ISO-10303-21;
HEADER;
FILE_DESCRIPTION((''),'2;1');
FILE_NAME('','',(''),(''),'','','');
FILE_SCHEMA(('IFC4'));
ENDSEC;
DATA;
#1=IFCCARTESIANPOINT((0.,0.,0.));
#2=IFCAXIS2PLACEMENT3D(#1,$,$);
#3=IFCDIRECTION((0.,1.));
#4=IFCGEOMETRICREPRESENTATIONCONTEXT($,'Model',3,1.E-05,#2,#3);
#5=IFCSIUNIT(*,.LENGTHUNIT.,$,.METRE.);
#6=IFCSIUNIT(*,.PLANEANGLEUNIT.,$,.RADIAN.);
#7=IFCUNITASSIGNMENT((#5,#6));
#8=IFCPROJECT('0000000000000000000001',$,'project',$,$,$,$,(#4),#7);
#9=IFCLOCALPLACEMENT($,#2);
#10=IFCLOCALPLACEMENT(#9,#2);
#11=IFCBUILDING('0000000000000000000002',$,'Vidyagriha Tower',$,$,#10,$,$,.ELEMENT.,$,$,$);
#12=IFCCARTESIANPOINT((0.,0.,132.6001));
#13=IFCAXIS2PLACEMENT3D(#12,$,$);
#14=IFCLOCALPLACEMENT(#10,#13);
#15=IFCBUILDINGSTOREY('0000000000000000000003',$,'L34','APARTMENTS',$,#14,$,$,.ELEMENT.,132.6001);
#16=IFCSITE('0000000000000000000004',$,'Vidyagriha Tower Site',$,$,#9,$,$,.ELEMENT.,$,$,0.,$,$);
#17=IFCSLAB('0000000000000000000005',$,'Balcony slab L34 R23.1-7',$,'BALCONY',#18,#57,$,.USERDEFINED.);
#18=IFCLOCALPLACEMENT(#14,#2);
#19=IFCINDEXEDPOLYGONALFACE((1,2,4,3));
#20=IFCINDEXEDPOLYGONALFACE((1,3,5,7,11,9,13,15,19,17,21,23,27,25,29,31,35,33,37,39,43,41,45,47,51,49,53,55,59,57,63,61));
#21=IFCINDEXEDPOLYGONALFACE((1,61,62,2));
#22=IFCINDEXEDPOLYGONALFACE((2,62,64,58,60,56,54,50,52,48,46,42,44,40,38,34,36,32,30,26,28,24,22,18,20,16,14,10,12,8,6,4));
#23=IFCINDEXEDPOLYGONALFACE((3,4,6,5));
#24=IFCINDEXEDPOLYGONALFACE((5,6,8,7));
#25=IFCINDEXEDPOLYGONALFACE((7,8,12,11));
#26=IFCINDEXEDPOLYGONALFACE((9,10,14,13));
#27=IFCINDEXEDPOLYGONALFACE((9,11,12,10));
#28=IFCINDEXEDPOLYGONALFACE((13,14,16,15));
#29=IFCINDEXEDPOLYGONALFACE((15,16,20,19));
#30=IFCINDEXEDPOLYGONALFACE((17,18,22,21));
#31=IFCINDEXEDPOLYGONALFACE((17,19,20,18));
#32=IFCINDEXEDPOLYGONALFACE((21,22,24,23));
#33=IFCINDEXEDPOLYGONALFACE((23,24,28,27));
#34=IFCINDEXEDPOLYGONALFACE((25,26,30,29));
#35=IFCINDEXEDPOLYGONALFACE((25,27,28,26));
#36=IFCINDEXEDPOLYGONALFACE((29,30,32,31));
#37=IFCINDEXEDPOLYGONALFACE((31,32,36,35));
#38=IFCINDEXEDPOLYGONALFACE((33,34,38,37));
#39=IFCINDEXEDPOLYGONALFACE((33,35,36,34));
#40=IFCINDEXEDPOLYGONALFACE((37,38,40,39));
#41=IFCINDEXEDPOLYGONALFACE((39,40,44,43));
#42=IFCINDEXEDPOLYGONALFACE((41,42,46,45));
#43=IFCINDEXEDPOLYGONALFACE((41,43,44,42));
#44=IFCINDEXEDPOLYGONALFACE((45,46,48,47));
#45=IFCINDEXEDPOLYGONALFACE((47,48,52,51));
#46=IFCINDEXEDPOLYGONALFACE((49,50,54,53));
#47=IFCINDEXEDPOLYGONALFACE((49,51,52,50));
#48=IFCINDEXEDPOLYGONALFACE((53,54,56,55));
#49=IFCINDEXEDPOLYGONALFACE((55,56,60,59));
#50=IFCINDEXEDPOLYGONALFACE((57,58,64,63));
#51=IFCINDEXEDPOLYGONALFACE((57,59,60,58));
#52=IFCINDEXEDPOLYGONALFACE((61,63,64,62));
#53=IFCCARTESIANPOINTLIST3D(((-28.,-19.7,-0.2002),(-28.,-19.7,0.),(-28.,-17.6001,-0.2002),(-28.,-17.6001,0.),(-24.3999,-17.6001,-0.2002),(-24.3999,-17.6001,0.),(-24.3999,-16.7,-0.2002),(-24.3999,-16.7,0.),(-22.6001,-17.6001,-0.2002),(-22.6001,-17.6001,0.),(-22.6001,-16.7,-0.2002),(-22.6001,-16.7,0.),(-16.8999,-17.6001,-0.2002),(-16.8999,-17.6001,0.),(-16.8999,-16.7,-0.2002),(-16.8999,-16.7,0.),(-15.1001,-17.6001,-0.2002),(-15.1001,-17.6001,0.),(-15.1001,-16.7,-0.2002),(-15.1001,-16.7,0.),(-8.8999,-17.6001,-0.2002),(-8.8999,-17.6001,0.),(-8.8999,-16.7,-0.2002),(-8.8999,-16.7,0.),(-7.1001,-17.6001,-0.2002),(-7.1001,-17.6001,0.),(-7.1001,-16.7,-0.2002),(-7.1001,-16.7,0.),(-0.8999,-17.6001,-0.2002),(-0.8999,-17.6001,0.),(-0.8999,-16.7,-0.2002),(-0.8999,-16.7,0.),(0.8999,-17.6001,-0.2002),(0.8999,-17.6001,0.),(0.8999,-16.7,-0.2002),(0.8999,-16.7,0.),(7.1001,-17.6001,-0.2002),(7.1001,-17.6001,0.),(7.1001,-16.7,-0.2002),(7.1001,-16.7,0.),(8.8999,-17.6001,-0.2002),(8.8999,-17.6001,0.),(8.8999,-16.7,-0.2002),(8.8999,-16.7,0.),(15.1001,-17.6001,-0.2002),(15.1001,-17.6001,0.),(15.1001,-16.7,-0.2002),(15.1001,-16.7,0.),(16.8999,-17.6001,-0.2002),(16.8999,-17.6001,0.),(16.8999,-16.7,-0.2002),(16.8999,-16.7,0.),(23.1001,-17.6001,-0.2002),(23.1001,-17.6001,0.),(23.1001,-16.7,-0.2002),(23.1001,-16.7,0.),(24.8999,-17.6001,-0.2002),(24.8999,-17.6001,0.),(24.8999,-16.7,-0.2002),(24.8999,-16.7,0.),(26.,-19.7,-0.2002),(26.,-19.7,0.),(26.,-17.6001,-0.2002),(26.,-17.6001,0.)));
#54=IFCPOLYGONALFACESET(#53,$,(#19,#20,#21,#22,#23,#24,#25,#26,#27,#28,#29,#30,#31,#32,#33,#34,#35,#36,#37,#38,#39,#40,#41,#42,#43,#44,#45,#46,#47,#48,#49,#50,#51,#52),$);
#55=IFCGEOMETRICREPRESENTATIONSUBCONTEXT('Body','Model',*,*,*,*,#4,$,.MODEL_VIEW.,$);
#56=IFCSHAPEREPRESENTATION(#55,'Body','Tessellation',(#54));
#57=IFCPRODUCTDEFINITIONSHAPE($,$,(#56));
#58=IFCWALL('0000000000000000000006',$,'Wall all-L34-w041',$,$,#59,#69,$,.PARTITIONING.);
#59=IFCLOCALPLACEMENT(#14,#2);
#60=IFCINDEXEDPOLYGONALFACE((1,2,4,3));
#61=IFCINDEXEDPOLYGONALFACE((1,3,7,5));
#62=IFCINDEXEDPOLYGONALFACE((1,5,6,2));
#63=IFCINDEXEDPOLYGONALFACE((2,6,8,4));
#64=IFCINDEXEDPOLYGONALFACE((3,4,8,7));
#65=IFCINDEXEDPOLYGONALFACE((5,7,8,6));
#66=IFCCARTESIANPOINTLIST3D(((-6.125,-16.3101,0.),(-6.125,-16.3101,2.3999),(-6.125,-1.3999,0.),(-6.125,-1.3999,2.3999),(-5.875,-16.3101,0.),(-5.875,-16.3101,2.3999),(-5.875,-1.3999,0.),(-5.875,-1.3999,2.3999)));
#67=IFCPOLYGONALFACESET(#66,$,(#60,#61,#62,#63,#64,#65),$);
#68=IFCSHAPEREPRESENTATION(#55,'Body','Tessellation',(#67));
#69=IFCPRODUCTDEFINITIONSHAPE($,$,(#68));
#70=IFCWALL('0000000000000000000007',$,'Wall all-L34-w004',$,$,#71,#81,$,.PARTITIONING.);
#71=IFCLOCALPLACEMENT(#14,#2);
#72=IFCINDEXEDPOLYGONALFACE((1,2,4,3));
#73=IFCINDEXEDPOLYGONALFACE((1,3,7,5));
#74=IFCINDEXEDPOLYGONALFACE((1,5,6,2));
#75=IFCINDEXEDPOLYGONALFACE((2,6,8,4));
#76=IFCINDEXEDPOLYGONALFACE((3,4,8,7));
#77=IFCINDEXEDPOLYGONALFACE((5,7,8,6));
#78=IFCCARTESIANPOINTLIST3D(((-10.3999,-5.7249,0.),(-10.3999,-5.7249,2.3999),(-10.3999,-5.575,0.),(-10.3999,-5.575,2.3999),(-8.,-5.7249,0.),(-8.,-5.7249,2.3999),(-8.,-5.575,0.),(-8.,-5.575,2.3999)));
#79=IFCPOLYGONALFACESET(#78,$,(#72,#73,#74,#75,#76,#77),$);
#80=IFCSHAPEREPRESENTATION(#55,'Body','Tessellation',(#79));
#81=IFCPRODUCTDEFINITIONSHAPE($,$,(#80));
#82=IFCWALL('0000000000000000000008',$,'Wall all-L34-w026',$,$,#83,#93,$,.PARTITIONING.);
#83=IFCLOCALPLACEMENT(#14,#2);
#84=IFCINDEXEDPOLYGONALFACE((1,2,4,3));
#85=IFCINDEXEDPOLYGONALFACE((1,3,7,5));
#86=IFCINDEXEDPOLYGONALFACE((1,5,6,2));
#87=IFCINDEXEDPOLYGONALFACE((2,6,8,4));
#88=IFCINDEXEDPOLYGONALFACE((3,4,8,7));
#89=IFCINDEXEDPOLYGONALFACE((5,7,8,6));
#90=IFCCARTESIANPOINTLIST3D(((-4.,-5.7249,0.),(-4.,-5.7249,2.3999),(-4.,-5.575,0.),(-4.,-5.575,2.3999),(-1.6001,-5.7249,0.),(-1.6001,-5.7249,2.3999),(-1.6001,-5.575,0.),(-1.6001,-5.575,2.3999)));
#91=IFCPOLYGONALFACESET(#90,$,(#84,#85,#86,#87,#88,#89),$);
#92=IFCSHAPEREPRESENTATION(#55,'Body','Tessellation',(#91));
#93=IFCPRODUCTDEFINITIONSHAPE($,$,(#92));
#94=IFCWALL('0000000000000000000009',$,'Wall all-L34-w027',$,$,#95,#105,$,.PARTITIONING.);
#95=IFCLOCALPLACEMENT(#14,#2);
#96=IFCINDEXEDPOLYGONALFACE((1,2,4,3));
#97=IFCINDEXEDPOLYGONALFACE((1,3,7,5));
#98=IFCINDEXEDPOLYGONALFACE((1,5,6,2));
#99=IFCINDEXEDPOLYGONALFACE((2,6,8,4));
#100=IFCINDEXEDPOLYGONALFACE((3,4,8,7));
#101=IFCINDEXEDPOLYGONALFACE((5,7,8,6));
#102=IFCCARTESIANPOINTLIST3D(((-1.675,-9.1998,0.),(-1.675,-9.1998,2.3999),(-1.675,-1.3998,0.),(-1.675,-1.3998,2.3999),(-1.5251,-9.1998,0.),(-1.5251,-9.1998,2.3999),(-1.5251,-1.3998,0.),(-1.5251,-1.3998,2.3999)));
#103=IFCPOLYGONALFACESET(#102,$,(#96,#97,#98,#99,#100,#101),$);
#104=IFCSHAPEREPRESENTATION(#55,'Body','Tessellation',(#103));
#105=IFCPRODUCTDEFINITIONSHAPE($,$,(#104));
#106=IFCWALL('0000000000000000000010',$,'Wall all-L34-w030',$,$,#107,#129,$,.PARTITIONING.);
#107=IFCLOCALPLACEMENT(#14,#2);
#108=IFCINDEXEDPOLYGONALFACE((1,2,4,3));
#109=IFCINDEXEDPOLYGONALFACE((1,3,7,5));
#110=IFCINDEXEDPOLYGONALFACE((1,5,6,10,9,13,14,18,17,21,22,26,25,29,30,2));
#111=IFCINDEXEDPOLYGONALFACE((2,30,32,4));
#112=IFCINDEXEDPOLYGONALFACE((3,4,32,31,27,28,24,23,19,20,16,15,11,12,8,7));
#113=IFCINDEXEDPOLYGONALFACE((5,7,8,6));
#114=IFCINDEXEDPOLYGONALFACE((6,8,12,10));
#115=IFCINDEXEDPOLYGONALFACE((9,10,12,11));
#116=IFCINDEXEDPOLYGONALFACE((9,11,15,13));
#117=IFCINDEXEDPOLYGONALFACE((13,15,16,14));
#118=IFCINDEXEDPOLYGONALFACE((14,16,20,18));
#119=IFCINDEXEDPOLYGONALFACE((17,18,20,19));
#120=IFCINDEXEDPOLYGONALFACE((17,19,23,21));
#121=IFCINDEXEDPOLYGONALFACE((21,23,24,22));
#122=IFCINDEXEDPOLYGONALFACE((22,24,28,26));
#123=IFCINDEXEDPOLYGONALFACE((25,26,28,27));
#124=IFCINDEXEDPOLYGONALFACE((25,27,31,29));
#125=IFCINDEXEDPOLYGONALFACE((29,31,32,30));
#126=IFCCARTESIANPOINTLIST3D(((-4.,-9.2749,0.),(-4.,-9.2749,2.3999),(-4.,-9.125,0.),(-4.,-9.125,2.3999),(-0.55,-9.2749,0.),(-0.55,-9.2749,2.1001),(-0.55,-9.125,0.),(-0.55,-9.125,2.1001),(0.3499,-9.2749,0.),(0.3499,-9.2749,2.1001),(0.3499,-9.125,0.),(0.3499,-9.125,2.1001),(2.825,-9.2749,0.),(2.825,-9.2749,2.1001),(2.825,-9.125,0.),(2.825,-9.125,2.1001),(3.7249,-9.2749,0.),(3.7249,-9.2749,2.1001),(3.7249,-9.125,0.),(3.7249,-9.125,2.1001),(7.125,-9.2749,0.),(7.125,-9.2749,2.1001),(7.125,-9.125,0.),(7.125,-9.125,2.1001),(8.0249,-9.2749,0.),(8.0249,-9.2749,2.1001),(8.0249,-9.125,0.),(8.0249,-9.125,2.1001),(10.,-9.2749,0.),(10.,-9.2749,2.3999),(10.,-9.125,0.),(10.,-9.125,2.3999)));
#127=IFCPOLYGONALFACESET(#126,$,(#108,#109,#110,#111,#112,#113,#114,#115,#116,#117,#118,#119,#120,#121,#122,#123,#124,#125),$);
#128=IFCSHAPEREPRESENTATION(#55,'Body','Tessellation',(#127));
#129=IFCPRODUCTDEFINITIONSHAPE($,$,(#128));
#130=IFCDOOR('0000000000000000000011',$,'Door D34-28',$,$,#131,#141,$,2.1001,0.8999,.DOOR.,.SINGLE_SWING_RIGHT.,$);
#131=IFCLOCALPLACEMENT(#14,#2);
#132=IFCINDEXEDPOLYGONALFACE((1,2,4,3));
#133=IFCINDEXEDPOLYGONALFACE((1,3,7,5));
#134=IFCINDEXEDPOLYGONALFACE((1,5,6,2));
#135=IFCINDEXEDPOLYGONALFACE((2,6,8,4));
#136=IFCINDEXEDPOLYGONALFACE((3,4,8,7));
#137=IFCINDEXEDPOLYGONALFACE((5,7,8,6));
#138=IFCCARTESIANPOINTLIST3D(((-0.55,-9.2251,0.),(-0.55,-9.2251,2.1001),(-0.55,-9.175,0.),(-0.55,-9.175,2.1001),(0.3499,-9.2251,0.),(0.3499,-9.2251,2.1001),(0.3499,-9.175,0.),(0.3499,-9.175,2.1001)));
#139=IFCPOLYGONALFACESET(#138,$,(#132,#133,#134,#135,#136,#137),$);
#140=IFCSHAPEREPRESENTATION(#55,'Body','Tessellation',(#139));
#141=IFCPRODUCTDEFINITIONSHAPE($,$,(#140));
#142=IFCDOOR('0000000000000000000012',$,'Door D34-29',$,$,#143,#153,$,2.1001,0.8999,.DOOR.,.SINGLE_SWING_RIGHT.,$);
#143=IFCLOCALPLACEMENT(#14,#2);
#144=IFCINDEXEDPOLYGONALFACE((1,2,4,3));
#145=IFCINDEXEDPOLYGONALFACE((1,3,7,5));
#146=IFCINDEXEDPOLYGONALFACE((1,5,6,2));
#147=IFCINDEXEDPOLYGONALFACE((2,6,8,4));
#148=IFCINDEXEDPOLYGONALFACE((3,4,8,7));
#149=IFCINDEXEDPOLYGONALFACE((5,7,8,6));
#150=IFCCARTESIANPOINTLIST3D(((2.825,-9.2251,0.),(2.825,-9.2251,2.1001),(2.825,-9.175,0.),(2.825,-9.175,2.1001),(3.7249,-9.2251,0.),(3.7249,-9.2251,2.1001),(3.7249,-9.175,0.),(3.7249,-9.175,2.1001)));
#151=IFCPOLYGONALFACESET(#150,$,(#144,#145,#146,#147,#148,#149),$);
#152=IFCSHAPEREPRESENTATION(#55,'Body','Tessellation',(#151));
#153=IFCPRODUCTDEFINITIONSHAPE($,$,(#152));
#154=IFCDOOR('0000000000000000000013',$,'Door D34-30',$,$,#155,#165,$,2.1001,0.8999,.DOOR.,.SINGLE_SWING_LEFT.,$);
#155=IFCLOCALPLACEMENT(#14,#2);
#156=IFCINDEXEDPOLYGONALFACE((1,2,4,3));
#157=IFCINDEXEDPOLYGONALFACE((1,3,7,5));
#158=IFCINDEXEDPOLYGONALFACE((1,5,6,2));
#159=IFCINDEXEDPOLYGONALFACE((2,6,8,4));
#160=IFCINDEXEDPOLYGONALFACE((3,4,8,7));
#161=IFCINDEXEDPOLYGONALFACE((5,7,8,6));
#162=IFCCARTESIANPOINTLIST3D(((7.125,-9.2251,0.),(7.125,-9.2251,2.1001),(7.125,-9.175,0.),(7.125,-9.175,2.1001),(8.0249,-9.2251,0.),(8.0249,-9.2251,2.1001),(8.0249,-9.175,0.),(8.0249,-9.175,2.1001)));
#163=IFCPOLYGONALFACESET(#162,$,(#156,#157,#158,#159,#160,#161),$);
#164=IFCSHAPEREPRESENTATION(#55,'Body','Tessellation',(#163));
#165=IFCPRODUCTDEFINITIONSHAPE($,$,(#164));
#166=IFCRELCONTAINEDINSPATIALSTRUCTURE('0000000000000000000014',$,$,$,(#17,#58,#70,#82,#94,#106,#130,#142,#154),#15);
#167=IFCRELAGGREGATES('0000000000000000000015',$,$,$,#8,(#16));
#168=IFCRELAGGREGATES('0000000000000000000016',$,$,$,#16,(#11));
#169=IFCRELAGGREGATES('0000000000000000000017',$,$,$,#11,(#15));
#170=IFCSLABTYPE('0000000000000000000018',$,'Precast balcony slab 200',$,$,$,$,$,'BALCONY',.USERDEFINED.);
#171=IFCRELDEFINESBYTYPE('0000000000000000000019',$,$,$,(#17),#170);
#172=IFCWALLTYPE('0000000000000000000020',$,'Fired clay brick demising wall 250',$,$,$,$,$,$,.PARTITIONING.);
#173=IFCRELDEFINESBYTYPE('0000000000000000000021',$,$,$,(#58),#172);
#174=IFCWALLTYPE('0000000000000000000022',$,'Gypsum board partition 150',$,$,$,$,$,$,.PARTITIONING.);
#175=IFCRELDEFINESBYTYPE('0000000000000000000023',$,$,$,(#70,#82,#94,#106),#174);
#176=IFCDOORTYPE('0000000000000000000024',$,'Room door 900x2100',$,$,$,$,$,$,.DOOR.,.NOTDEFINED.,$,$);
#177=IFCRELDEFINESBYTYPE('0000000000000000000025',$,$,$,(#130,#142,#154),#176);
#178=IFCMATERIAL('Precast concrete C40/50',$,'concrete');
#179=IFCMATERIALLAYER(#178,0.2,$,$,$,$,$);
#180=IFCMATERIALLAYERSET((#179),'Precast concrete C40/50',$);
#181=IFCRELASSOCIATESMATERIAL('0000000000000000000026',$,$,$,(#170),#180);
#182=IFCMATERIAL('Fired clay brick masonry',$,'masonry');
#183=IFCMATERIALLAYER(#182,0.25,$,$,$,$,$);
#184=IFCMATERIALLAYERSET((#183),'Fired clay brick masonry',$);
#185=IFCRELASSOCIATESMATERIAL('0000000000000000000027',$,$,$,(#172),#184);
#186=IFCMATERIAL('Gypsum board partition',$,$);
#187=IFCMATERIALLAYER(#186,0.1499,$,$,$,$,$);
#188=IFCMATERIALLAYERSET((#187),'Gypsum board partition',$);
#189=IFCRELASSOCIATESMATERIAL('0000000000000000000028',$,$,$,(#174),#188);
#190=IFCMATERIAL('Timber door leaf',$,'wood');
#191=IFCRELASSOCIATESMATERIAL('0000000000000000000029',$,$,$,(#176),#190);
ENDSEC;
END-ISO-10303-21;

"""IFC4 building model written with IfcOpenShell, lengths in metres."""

from ifc_helpers import new_model, si_unit, direction, frame, frame_2d, origin, place, context, subcontext, project, spatial, polyline, rectangle, outline, extrude, material, layer, layer_set, type_object, element, fill, save


model = new_model("IFC4")

# Units and contexts
model_context = context("Model", 3, precision=1e-05, world=origin(), true_north=direction((0.0, 1.0)))
body_context = subcontext(model_context, "Body", "Model", "MODEL_VIEW")
ifc_project = project(units=[si_unit("LENGTHUNIT", "METRE"), si_unit("PLANEANGLEUNIT", "RADIAN")], contexts=[model_context])

# Site, building, storey
site_placement = place(None, origin())
site = spatial("IfcSite", under=ifc_project, at=site_placement, Name="Vidyagriha Tower Site", CompositionType="ELEMENT", RefElevation=0.0)
building_placement = place(site_placement, origin())
building = spatial("IfcBuilding", under=site, at=building_placement, Name="Vidyagriha Tower", CompositionType="ELEMENT")
storey_placement = place(building_placement, frame((0.0, 0.0, 132.6001)))
storey = spatial("IfcBuildingStorey", under=building, at=storey_placement, Name="L34", Description="APARTMENTS", CompositionType="ELEMENT", Elevation=132.6001)

# Slab
ifc_material_1 = material(Name="Precast concrete C40/50", Category="concrete")
ifc_layer_1 = layer(ifc_material_1, 0.2)
ifc_layer_set_1 = layer_set([ifc_layer_1], Name="Precast concrete C40/50")
slab_type_1 = type_object("IfcSlabType", Name="Precast balcony slab 200", ElementType="BALCONY", PredefinedType="USERDEFINED", material=ifc_layer_set_1)
slab_1_placement = place(storey_placement, frame((0.0, 0.0, -0.2002)))
element("IfcSlab", 1, at=slab_1_placement, inside=storey, type_object=slab_type_1, Name="Balcony slab L34 R23.1-7", ObjectType="BALCONY", PredefinedType="USERDEFINED", context=body_context, shape_type="SweptSolid", body=[
    extrude(outline(polyline([(-22.6001, -16.7), (-24.3999, -16.7), (-24.3999, -17.6001), (-28.0, -17.6001), (-28.0, -19.7), (26.0, -19.7), (26.0, -17.6001), (24.8999, -17.6001), (24.8999, -16.7), (23.1001, -16.7), (23.1001, -17.6001), (16.8999, -17.6001), (16.8999, -16.7), (15.1001, -16.7), (15.1001, -17.6001), (8.8999, -17.6001), (8.8999, -16.7), (7.1001, -16.7), (7.1001, -17.6001), (0.8999, -17.6001), (0.8999, -16.7), (-0.8999, -16.7), (-0.8999, -17.6001), (-7.1001, -17.6001), (-7.1001, -16.7), (-8.8999, -16.7), (-8.8999, -17.6001), (-15.1001, -17.6001), (-15.1001, -16.7), (-16.8999, -16.7), (-16.8999, -17.6001), (-22.6001, -17.6001), (-22.6001, -16.7)])), origin(), (0.0, 0.0, 1.0), 0.2002),
])

# Walls
ifc_material_2 = material(Name="Fired clay brick masonry", Category="masonry")
ifc_layer_2 = layer(ifc_material_2, 0.25)
ifc_layer_set_2 = layer_set([ifc_layer_2], Name="Fired clay brick masonry")
wall_type_1 = type_object("IfcWallType", Name="Fired clay brick demising wall 250", PredefinedType="PARTITIONING", material=ifc_layer_set_2)
wall_1_placement = place(storey_placement, frame((-6.0, -1.3999, 0.0), z_axis=(0.0, 0.0, 1.0), x_axis=(0.0, -1.0, 0.0)))
element("IfcWall", 2, at=wall_1_placement, inside=storey, type_object=wall_type_1, Name="Wall all-L34-w041", PredefinedType="PARTITIONING", context=body_context, shape_type="SweptSolid", body=[
    extrude(rectangle(XDim=14.9102, YDim=0.25, at=frame_2d((7.4551, 0.0))), origin(), (0.0, 0.0, 1.0), 2.3999),
])
ifc_material_3 = material(Name="Gypsum board partition")
ifc_layer_3 = layer(ifc_material_3, 0.1499)
ifc_layer_set_3 = layer_set([ifc_layer_3], Name="Gypsum board partition")
wall_type_2 = type_object("IfcWallType", Name="Gypsum board partition 150", PredefinedType="PARTITIONING", material=ifc_layer_set_3)
for number, where, z_axis, x_axis, name in (
    (3, (-8.0, -5.6499, 0.0), (0.0, 0.0, 1.0), (-1.0, 0.0, 0.0), "Wall all-L34-w004"),
    (4, (-1.6001, -5.6499, 0.0), (0.0, 0.0, 1.0), (-1.0, 0.0, 0.0), "Wall all-L34-w026"),
):
    element("IfcWall", number, at=place(storey_placement, frame(where, z_axis=z_axis, x_axis=x_axis)), inside=storey, type_object=wall_type_2, Name=name, PredefinedType="PARTITIONING", context=body_context, shape_type="SweptSolid", body=[
        extrude(rectangle(XDim=2.3999, YDim=0.1499, at=frame_2d((1.2, 0.0))), origin(), (0.0, 0.0, 1.0), 2.3999),
    ])
wall_2_placement = place(storey_placement, frame((-1.6001, -1.3999, 0.0), z_axis=(0.0, 0.0, 1.0), x_axis=(0.0, -1.0, 0.0)))
element("IfcWall", 5, at=wall_2_placement, inside=storey, type_object=wall_type_2, Name="Wall all-L34-w027", PredefinedType="PARTITIONING", context=body_context, shape_type="SweptSolid", body=[
    extrude(rectangle(XDim=7.8, YDim=0.1499, at=frame_2d((3.8999, 0.0))), origin(), (0.0, 0.0, 1.0), 2.3999),
])

# Wall, openings, doors
wall_3_placement = place(storey_placement, frame((-4.0, -9.2, 0.0)))
wall_3 = element("IfcWall", 6, at=wall_3_placement, inside=storey, type_object=wall_type_2, Name="Wall all-L34-w030", PredefinedType="PARTITIONING", context=body_context, shape_type="SweptSolid", body=[
    extrude(rectangle(XDim=14.0, YDim=0.1499, at=frame_2d((7.0, 0.0))), origin(), (0.0, 0.0, 1.0), 2.3999),
])
opening_1_placement = place(wall_3_placement, frame((3.45, 0.0, 0.0)))
opening_1 = element("IfcOpeningElement", 7, at=opening_1_placement, cuts=wall_3, PredefinedType="OPENING", context=body_context, shape_type="SweptSolid", body=[
    extrude(rectangle(XDim=0.8999, YDim=2.1001, at=frame_2d((0.45, 1.05))), frame((0.0, 0.085, 0.0), z_axis=(0.0, -1.0, 0.0), x_axis=(1.0, 0.0, 0.0)), (0.0, 0.0, 1.0), 0.1699),
])
opening_2_placement = place(wall_3_placement, frame((6.825, 0.0, 0.0)))
opening_2 = element("IfcOpeningElement", 8, at=opening_2_placement, cuts=wall_3, PredefinedType="OPENING", context=body_context, shape_type="SweptSolid", body=[
    extrude(rectangle(XDim=0.8999, YDim=2.1001, at=frame_2d((0.45, 1.05))), frame((0.0, 0.085, 0.0), z_axis=(0.0, -1.0, 0.0), x_axis=(1.0, 0.0, 0.0)), (0.0, 0.0, 1.0), 0.1699),
])
opening_3_placement = place(wall_3_placement, frame((11.125, 0.0, 0.0)))
opening_3 = element("IfcOpeningElement", 9, at=opening_3_placement, cuts=wall_3, PredefinedType="OPENING", context=body_context, shape_type="SweptSolid", body=[
    extrude(rectangle(XDim=0.8999, YDim=2.1001, at=frame_2d((0.45, 1.05))), frame((0.0, 0.085, 0.0), z_axis=(0.0, -1.0, 0.0), x_axis=(1.0, 0.0, 0.0)), (0.0, 0.0, 1.0), 0.1699),
])
ifc_material_4 = material(Name="Timber door leaf", Category="wood")
door_type_1 = type_object("IfcDoorType", Name="Room door 900x2100", OperationType="NOTDEFINED", PredefinedType="DOOR", material=ifc_material_4)
door_1_placement = place(opening_1_placement, origin())
door_1 = element("IfcDoor", 10, at=door_1_placement, inside=storey, type_object=door_type_1, Name="Door D34-28", OperationType="SINGLE_SWING_RIGHT", OverallHeight=2.1001, OverallWidth=0.8999, PredefinedType="DOOR", context=body_context, shape_type="SweptSolid", body=[
    extrude(rectangle(XDim=0.8999, YDim=2.1001, at=frame_2d((0.45, 1.05))), frame((0.0, 0.0249, 0.0), z_axis=(0.0, -1.0, 0.0), x_axis=(1.0, 0.0, 0.0)), (0.0, 0.0, 1.0), 0.05),
])
fill(opening_1, door_1)
door_2_placement = place(opening_2_placement, origin())
door_2 = element("IfcDoor", 11, at=door_2_placement, inside=storey, type_object=door_type_1, Name="Door D34-29", OperationType="SINGLE_SWING_RIGHT", OverallHeight=2.1001, OverallWidth=0.8999, PredefinedType="DOOR", context=body_context, shape_type="SweptSolid", body=[
    extrude(rectangle(XDim=0.8999, YDim=2.1001, at=frame_2d((0.45, 1.05))), frame((0.0, 0.0249, 0.0), z_axis=(0.0, -1.0, 0.0), x_axis=(1.0, 0.0, 0.0)), (0.0, 0.0, 1.0), 0.05),
])
fill(opening_2, door_2)
door_3_placement = place(opening_3_placement, origin())
door_3 = element("IfcDoor", 12, at=door_3_placement, inside=storey, type_object=door_type_1, Name="Door D34-30", OperationType="SINGLE_SWING_LEFT", OverallHeight=2.1001, OverallWidth=0.8999, PredefinedType="DOOR", context=body_context, shape_type="SweptSolid", body=[
    extrude(rectangle(XDim=0.8999, YDim=2.1001, at=frame_2d((0.45, 1.05))), frame((0.0, 0.0249, 0.0), z_axis=(0.0, -1.0, 0.0), x_axis=(1.0, 0.0, 0.0)), (0.0, 0.0, 1.0), 0.05),
])
fill(opening_3, door_3)

save(model, "model.ifc")
